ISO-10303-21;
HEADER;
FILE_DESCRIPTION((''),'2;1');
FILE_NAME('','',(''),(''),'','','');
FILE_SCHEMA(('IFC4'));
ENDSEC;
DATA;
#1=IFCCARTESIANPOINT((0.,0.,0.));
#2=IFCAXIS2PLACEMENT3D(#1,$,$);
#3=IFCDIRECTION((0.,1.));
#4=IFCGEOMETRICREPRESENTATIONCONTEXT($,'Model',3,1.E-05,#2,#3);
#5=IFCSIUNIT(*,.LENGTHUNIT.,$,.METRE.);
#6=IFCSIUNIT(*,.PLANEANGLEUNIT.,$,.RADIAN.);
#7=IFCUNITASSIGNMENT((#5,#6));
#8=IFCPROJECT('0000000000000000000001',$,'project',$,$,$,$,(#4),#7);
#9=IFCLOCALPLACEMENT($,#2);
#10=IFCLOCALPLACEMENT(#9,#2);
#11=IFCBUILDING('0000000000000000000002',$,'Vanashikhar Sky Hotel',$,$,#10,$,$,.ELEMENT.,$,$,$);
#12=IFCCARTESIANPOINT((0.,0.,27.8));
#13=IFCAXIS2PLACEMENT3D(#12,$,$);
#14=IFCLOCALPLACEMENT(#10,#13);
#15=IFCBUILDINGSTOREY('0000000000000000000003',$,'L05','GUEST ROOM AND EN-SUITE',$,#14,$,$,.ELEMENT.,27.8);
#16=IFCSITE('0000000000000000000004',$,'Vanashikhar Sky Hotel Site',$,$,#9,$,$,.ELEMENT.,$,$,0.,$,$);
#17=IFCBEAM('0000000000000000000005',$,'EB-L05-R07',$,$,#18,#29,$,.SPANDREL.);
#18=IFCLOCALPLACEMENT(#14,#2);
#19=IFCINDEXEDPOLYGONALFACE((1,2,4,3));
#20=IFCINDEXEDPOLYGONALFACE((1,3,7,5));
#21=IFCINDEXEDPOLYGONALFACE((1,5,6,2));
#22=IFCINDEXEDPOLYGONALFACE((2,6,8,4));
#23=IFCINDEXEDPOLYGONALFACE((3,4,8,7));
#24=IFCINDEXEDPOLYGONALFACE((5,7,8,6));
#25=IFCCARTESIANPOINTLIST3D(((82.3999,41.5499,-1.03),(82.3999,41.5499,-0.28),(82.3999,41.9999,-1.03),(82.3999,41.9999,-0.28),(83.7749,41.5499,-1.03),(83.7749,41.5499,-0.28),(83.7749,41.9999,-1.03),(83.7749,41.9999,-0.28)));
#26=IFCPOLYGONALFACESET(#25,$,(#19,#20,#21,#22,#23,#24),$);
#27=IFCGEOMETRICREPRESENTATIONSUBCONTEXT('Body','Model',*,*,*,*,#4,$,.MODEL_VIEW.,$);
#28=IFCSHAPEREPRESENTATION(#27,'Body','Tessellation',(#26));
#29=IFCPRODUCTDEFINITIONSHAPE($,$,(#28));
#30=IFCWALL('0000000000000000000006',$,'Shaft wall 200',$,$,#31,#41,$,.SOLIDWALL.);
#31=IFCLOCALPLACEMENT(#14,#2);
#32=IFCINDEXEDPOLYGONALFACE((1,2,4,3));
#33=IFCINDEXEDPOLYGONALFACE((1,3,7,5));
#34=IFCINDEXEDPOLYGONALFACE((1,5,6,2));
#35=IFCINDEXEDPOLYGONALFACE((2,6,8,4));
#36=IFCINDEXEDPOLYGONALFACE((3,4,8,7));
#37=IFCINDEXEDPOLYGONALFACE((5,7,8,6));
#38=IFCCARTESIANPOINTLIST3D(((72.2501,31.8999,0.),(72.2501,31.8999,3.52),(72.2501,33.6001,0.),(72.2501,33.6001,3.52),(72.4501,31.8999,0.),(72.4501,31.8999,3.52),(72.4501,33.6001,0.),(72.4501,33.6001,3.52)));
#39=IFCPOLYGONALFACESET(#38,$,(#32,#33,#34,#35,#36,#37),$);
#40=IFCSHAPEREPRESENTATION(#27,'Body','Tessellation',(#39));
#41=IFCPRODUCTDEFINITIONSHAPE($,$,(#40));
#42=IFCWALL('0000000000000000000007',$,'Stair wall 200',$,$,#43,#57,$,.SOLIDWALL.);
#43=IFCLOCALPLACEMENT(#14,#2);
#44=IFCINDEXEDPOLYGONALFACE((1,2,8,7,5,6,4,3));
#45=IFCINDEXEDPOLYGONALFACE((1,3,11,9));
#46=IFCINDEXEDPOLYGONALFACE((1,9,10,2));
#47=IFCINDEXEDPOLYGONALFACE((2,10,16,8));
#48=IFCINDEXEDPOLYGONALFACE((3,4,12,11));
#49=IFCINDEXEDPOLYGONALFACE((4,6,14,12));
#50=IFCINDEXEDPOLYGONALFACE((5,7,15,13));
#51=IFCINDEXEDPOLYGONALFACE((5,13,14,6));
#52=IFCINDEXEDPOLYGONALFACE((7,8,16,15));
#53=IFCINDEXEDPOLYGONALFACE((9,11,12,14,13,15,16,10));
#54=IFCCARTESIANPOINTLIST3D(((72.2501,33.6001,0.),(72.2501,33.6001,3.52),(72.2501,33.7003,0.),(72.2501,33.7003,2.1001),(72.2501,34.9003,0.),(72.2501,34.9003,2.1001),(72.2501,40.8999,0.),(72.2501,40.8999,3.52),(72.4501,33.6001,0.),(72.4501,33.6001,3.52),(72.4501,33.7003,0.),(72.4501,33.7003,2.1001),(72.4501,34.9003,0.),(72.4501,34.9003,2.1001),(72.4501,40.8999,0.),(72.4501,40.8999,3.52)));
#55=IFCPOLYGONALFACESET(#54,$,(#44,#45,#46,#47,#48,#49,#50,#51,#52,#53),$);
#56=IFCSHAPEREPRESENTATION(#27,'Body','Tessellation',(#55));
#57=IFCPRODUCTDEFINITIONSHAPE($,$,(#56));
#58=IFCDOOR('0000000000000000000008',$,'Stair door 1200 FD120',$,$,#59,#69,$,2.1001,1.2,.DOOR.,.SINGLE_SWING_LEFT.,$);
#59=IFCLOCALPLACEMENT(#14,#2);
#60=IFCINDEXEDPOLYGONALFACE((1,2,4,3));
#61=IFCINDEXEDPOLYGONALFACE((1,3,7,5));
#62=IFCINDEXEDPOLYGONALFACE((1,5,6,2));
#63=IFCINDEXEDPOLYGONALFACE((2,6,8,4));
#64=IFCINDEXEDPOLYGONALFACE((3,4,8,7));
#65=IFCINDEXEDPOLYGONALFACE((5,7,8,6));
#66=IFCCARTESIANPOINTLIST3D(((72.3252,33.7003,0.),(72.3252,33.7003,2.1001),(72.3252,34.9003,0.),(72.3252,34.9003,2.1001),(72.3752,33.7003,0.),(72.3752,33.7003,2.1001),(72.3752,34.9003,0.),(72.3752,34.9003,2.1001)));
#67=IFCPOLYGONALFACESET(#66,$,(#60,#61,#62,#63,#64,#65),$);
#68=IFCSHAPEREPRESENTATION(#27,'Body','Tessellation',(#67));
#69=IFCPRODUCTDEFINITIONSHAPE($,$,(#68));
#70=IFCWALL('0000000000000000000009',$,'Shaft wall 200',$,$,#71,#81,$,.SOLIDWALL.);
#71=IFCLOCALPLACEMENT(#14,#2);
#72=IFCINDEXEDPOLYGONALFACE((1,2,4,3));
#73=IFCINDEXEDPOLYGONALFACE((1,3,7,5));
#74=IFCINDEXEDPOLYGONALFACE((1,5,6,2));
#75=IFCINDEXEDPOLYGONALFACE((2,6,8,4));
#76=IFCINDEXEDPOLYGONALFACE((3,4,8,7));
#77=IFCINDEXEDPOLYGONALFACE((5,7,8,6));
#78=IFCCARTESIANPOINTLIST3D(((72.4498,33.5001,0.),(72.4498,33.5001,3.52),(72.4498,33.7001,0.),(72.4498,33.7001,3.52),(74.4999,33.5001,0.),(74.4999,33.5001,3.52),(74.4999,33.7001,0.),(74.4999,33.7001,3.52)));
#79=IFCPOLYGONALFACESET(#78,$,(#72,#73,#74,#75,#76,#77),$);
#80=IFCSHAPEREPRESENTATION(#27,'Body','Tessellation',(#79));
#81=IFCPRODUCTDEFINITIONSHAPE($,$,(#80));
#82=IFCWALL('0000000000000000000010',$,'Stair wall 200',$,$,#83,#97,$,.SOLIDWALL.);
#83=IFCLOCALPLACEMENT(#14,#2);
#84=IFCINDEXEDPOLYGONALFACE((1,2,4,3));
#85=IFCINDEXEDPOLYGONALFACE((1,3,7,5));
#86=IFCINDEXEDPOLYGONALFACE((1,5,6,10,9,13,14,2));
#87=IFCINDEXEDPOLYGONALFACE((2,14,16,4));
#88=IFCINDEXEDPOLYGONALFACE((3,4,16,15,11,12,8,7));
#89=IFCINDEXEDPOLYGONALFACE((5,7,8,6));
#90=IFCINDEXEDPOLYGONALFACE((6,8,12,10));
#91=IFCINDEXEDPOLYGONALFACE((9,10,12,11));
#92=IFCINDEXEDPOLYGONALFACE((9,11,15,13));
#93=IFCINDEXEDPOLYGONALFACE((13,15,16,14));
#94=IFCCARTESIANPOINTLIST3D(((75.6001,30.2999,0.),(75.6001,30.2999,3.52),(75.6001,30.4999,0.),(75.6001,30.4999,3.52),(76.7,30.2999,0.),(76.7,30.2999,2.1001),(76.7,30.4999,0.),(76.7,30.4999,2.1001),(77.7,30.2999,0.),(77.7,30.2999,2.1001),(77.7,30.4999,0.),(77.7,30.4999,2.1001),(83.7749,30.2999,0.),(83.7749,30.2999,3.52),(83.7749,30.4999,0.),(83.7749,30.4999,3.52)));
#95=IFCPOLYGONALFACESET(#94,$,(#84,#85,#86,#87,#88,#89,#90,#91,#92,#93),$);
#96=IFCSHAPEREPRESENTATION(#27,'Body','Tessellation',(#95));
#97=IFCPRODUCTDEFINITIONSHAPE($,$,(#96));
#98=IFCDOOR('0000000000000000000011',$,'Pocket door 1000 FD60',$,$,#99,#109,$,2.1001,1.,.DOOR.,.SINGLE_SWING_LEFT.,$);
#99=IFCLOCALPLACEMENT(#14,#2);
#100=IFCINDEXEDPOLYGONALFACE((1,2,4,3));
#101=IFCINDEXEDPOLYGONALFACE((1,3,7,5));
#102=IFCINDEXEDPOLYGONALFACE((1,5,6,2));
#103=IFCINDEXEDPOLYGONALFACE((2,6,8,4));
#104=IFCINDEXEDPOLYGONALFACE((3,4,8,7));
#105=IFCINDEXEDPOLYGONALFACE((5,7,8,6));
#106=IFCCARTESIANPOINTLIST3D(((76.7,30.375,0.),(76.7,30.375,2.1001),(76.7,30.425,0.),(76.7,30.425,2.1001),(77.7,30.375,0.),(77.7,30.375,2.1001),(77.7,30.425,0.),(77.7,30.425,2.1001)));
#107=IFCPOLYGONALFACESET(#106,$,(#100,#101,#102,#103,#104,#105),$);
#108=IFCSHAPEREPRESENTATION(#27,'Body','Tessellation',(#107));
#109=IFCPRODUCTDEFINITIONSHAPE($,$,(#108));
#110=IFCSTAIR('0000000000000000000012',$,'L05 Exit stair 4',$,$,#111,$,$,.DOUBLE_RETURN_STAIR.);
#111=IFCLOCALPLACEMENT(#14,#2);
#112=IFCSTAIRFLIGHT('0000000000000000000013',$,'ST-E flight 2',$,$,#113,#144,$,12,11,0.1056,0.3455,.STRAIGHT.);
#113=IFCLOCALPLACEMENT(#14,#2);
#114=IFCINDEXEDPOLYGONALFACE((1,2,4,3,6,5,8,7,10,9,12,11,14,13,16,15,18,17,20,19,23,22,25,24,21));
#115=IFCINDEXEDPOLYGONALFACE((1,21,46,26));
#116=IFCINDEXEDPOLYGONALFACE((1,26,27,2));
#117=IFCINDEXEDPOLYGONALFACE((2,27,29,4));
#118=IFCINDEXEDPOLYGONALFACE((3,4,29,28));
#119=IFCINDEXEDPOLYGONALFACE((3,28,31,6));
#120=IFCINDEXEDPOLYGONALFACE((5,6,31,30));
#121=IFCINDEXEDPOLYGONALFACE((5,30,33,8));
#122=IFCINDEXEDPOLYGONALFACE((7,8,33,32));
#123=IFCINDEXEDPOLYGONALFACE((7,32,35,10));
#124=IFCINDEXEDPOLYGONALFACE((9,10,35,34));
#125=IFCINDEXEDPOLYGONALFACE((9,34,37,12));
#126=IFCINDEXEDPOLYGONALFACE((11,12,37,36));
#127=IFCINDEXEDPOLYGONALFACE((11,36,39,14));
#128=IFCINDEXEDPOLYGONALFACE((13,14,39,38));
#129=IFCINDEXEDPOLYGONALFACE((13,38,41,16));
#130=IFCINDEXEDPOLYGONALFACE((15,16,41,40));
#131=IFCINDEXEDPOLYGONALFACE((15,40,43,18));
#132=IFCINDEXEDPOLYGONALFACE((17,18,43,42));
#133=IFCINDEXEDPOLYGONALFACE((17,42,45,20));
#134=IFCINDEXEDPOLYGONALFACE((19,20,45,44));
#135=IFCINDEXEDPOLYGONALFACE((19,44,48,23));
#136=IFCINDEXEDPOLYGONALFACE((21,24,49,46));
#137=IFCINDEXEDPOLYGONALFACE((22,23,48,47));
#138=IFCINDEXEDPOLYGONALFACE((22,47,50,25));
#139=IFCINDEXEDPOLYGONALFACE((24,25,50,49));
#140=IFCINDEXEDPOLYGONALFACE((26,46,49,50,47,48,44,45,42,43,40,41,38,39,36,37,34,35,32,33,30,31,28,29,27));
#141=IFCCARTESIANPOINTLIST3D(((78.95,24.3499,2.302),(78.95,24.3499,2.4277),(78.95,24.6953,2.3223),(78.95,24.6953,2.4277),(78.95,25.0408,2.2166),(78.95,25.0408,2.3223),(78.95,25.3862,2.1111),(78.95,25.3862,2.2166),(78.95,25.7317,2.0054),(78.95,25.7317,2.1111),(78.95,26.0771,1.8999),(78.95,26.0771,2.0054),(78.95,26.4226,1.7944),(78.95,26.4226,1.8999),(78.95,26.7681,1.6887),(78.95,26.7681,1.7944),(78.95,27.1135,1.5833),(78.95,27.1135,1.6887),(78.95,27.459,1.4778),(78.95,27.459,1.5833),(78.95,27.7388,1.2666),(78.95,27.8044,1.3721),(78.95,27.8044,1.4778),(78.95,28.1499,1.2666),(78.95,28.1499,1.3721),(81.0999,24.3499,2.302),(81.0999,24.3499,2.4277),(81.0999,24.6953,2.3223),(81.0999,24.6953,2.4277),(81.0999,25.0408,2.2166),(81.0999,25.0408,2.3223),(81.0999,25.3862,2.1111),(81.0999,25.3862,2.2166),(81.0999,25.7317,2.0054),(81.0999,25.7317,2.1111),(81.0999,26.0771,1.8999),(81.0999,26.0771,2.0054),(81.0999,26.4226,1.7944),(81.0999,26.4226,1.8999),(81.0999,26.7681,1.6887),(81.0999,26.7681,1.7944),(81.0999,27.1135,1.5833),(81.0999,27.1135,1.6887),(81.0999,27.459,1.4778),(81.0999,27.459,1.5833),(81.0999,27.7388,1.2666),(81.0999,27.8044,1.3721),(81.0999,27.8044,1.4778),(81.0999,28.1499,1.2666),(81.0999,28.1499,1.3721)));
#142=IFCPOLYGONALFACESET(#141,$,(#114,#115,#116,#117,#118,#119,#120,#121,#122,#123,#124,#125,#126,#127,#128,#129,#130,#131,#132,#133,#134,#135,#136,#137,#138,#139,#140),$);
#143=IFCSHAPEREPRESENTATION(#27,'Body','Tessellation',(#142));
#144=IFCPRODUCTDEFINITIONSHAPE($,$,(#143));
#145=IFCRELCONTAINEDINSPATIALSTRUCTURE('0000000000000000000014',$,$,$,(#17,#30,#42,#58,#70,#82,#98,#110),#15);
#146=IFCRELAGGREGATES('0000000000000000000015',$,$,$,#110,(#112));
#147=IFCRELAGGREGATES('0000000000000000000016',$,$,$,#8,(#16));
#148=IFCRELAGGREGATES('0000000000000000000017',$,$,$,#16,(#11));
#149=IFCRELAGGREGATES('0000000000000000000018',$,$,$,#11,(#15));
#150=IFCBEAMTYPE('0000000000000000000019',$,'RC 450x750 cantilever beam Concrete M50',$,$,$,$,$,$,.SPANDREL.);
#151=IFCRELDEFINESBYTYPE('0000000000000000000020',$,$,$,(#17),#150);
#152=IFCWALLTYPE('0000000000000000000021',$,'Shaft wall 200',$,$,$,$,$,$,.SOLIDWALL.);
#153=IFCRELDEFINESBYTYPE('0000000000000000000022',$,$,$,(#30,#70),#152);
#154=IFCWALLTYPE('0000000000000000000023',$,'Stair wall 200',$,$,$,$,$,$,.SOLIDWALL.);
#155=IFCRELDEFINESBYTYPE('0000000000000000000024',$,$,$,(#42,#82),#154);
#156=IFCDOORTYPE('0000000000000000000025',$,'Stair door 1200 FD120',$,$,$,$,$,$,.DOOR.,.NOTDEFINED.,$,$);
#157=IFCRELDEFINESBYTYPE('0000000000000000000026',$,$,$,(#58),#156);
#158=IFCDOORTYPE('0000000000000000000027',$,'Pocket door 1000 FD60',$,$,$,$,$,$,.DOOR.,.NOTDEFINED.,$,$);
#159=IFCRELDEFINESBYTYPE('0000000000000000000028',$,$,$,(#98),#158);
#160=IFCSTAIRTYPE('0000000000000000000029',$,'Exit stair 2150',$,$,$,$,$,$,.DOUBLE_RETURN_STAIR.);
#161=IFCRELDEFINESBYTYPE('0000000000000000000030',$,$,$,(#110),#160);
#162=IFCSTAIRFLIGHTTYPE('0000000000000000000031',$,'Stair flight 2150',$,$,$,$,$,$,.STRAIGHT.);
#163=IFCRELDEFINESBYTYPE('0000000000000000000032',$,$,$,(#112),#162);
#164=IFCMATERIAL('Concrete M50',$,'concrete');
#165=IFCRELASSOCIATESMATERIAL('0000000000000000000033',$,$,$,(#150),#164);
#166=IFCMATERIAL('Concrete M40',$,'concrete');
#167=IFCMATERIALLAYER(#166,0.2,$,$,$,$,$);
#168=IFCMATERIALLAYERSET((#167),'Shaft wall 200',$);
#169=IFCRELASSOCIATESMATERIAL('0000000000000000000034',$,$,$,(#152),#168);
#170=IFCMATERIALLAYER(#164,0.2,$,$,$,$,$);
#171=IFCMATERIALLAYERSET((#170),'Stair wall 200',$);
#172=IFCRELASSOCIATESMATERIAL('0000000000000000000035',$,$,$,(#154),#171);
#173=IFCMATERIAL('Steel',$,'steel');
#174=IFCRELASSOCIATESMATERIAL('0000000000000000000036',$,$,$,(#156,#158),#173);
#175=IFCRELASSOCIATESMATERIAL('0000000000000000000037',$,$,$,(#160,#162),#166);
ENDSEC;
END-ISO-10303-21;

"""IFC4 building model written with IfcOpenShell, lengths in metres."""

from ifc_helpers import new_model, si_unit, direction, frame, frame_2d, origin, origin_2d, place, context, subcontext, project, spatial, polyline, rectangle, outline, extrude, source, transform, mapped, material, layer, layer_set, material_profile, profile_set, type_object, element, fill, aggregate, save


model = new_model("IFC4")

# Units and contexts
model_context = context("Model", 3, precision=1e-05, world=origin(), true_north=direction((0.0, 1.0)))
body_context = subcontext(model_context, "Body", "Model", "MODEL_VIEW")
ifc_project = project(units=[si_unit("LENGTHUNIT", "METRE"), si_unit("PLANEANGLEUNIT", "RADIAN")], contexts=[model_context])

# Site, building, storey
site_placement = place(None, origin())
site = spatial("IfcSite", under=ifc_project, at=site_placement, Name="Vanashikhar Sky Hotel Site", CompositionType="ELEMENT", RefElevation=0.0)
building_placement = place(site_placement, origin())
building = spatial("IfcBuilding", under=site, at=building_placement, Name="Vanashikhar Sky Hotel", CompositionType="ELEMENT")
storey_placement = place(building_placement, frame((0.0, 0.0, 27.8)))
storey = spatial("IfcBuildingStorey", under=building, at=storey_placement, Name="L05", Description="GUEST ROOM AND EN-SUITE", CompositionType="ELEMENT", Elevation=27.8)

# Beam
ifc_material_1 = material(Name="Concrete M50", Category="concrete")
ifc_material_profile = material_profile(ifc_material_1, rectangle(XDim=0.45, YDim=0.75, at=origin_2d()))
ifc_profile_set = profile_set([ifc_material_profile], Name="RC 450x750 cantilever beam Concrete M50")
beam_type = type_object("IfcBeamType", Name="RC 450x750 cantilever beam Concrete M50", PredefinedType="SPANDREL", material=ifc_profile_set)
shared_shape_1 = source(origin(), body_context, "Body", "SweptSolid", [
    extrude(rectangle(XDim=0.45, YDim=0.75, at=origin_2d()), origin(), (0.0, 0.0, 1.0), 1.375),
])
beam_placement = place(storey_placement, frame((82.3999, 41.7749, -0.655), z_axis=(1.0, 0.0, 0.0), x_axis=(0.0, 1.0, 0.0)))
element("IfcBeam", 1, at=beam_placement, inside=storey, type_object=beam_type, Name="EB-L05-R07", PredefinedType="SPANDREL", context=body_context, shape_type="MappedRepresentation", body=[
    mapped(shared_shape_1, transform((0.0, 0.0, 0.0), scale=1.0)),
])

# Wall
ifc_material_2 = material(Name="Concrete M40", Category="concrete")
ifc_layer_1 = layer(ifc_material_2, 0.2)
ifc_layer_set_1 = layer_set([ifc_layer_1], Name="Shaft wall 200")
wall_type_1 = type_object("IfcWallType", Name="Shaft wall 200", PredefinedType="SOLIDWALL", material=ifc_layer_set_1)
shared_shape_2 = source(origin(), body_context, "Body", "SweptSolid", [
    extrude(rectangle(XDim=1.7002, YDim=0.2, at=frame_2d((0.8501, 0.0))), origin(), (0.0, 0.0, 1.0), 3.52),
])
wall_1_placement = place(storey_placement, frame((72.3501, 31.8999, 0.0), z_axis=(0.0, 0.0, 1.0), x_axis=(0.0, 1.0, 0.0)))
element("IfcWall", 2, at=wall_1_placement, inside=storey, type_object=wall_type_1, Name="Shaft wall 200", PredefinedType="SOLIDWALL", context=body_context, shape_type="MappedRepresentation", body=[
    mapped(shared_shape_2, transform((0.0, 0.0, 0.0), scale=1.0)),
])

# Wall, opening, door
ifc_layer_2 = layer(ifc_material_1, 0.2)
ifc_layer_set_2 = layer_set([ifc_layer_2], Name="Stair wall 200")
wall_type_2 = type_object("IfcWallType", Name="Stair wall 200", PredefinedType="SOLIDWALL", material=ifc_layer_set_2)
shared_shape_3 = source(origin(), body_context, "Body", "SweptSolid", [
    extrude(rectangle(XDim=7.2998, YDim=0.2, at=frame_2d((3.6499, 0.0))), origin(), (0.0, 0.0, 1.0), 3.52),
])
wall_2_placement = place(storey_placement, frame((72.3501, 33.6001, 0.0), z_axis=(0.0, 0.0, 1.0), x_axis=(0.0, 1.0, 0.0)))
wall_2 = element("IfcWall", 3, at=wall_2_placement, inside=storey, type_object=wall_type_2, Name="Stair wall 200", PredefinedType="SOLIDWALL", context=body_context, shape_type="MappedRepresentation", body=[
    mapped(shared_shape_3, transform((0.0, 0.0, 0.0), scale=1.0)),
])
shared_shape_4 = source(origin(), body_context, "Body", "SweptSolid", [
    extrude(rectangle(XDim=1.2, YDim=2.1001, at=frame_2d((0.6001, 1.05))), frame((0.0, 0.1099, 0.0), z_axis=(0.0, -1.0, 0.0), x_axis=(1.0, 0.0, 0.0)), (0.0, 0.0, 1.0), 0.22),
])
opening_1_placement = place(wall_2_placement, frame((0.1001, 0.0, 0.0)))
opening_1 = element("IfcOpeningElement", 4, at=opening_1_placement, cuts=wall_2, PredefinedType="OPENING", context=body_context, shape_type="MappedRepresentation", body=[
    mapped(shared_shape_4, transform((0.0, 0.0, 0.0), scale=1.0)),
])
ifc_material_3 = material(Name="Steel", Category="steel")
door_type_1 = type_object("IfcDoorType", Name="Stair door 1200 FD120", OperationType="NOTDEFINED", PredefinedType="DOOR", material=ifc_material_3)
shared_shape_5 = source(origin(), body_context, "Body", "SweptSolid", [
    extrude(rectangle(XDim=1.2, YDim=2.1001, at=frame_2d((0.6001, 1.05))), frame((0.0, 0.0249, 0.0), z_axis=(0.0, -1.0, 0.0), x_axis=(1.0, 0.0, 0.0)), (0.0, 0.0, 1.0), 0.05),
])
door_1_placement = place(opening_1_placement, origin())
door_1 = element("IfcDoor", 5, at=door_1_placement, inside=storey, type_object=door_type_1, Name="Stair door 1200 FD120", OperationType="SINGLE_SWING_LEFT", OverallHeight=2.1001, OverallWidth=1.2, PredefinedType="DOOR", context=body_context, shape_type="MappedRepresentation", body=[
    mapped(shared_shape_5, transform((0.0, 0.0, 0.0), scale=1.0)),
])
fill(opening_1, door_1)

# Wall
shared_shape_6 = source(origin(), body_context, "Body", "SweptSolid", [
    extrude(rectangle(XDim=2.05, YDim=0.2, at=frame_2d((1.0249, 0.0))), origin(), (0.0, 0.0, 1.0), 3.52),
])
wall_3_placement = place(storey_placement, frame((72.45, 33.6001, 0.0), z_axis=(0.0, 0.0, 1.0), x_axis=(1.0, 0.0, 0.0)))
element("IfcWall", 6, at=wall_3_placement, inside=storey, type_object=wall_type_1, Name="Shaft wall 200", PredefinedType="SOLIDWALL", context=body_context, shape_type="MappedRepresentation", body=[
    mapped(shared_shape_6, transform((0.0, 0.0, 0.0), scale=1.0)),
])

# Wall, opening, door
shared_shape_7 = source(origin(), body_context, "Body", "SweptSolid", [
    extrude(rectangle(XDim=8.1748, YDim=0.2, at=frame_2d((4.0874, 0.0))), origin(), (0.0, 0.0, 1.0), 3.52),
])
wall_4_placement = place(storey_placement, frame((83.7749, 30.3999, 0.0), z_axis=(0.0, 0.0, 1.0), x_axis=(-1.0, 0.0, 0.0)))
wall_4 = element("IfcWall", 7, at=wall_4_placement, inside=storey, type_object=wall_type_2, Name="Stair wall 200", PredefinedType="SOLIDWALL", context=body_context, shape_type="MappedRepresentation", body=[
    mapped(shared_shape_7, transform((0.0, 0.0, 0.0), scale=1.0)),
])
shared_shape_8 = source(origin(), body_context, "Body", "SweptSolid", [
    extrude(rectangle(XDim=1.0, YDim=2.1001, at=frame_2d((0.5, 1.05))), frame((0.0, 0.1099, 0.0), z_axis=(0.0, -1.0, 0.0), x_axis=(1.0, 0.0, 0.0)), (0.0, 0.0, 1.0), 0.22),
])
opening_2_placement = place(wall_4_placement, frame((6.075, 0.0, 0.0)))
opening_2 = element("IfcOpeningElement", 8, at=opening_2_placement, cuts=wall_4, PredefinedType="OPENING", context=body_context, shape_type="MappedRepresentation", body=[
    mapped(shared_shape_8, transform((0.0, 0.0, 0.0), scale=1.0)),
])
door_type_2 = type_object("IfcDoorType", Name="Pocket door 1000 FD60", OperationType="NOTDEFINED", PredefinedType="DOOR", material=ifc_material_3)
shared_shape_9 = source(origin(), body_context, "Body", "SweptSolid", [
    extrude(rectangle(XDim=1.0, YDim=2.1001, at=frame_2d((0.5, 1.05))), frame((0.0, 0.0249, 0.0), z_axis=(0.0, -1.0, 0.0), x_axis=(1.0, 0.0, 0.0)), (0.0, 0.0, 1.0), 0.05),
])
door_2_placement = place(opening_2_placement, origin())
door_2 = element("IfcDoor", 9, at=door_2_placement, inside=storey, type_object=door_type_2, Name="Pocket door 1000 FD60", OperationType="SINGLE_SWING_LEFT", OverallHeight=2.1001, OverallWidth=1.0, PredefinedType="DOOR", context=body_context, shape_type="MappedRepresentation", body=[
    mapped(shared_shape_9, transform((0.0, 0.0, 0.0), scale=1.0)),
])
fill(opening_2, door_2)

# Stair, stair flight
stair_type = type_object("IfcStairType", Name="Exit stair 2150", PredefinedType="DOUBLE_RETURN_STAIR", material=ifc_material_2)
stair_placement = place(storey_placement, origin())
stair = element("IfcStair", 10, at=stair_placement, inside=storey, type_object=stair_type, Name="L05 Exit stair 4", PredefinedType="DOUBLE_RETURN_STAIR")
stair_flight_type = type_object("IfcStairFlightType", Name="Stair flight 2150", PredefinedType="STRAIGHT", material=ifc_material_2)
shared_shape_10 = source(origin(), body_context, "Body", "SweptSolid", [
    extrude(outline(polyline([(0.0, 0.0), (0.0, 0.1055), (0.3455, 0.1055), (0.3455, 0.2112), (0.6909, 0.2112), (0.6909, 0.3167), (1.0364, 0.3167), (1.0364, 0.4221), (1.3818, 0.4221), (1.3818, 0.5278), (1.7273, 0.5278), (1.7273, 0.6333), (2.0728, 0.6333), (2.0728, 0.7388), (2.4182, 0.7388), (2.4182, 0.8445), (2.7637, 0.8445), (2.7637, 0.95), (3.1091, 0.95), (3.1091, 1.0557), (3.4546, 1.0557), (3.4546, 1.1611), (3.8, 1.1611), (3.8, 1.2666), (3.8, 1.0354), (0.4111, 0.0), (0.0, 0.0)])), frame((0.0, 1.075, 0.0), z_axis=(0.0, -1.0, 0.0), x_axis=(1.0, 0.0, 0.0)), (0.0, 0.0, 1.0), 2.1499),
])
stair_flight_placement = place(storey_placement, frame((80.0249, 28.1499, 1.2666), z_axis=(0.0, 0.0, 1.0), x_axis=(0.0, -1.0, 0.0)))
stair_flight = element("IfcStairFlight", 11, at=stair_flight_placement, type_object=stair_flight_type, Name="ST-E flight 2", NumberOfRisers=12, NumberOfTreads=11, PredefinedType="STRAIGHT", RiserHeight=0.1056, TreadLength=0.3455, context=body_context, shape_type="MappedRepresentation", body=[
    mapped(shared_shape_10, transform((0.0, 0.0, 0.0), scale=1.0)),
])
aggregate(stair, [stair_flight])

save(model, "model.ifc")
